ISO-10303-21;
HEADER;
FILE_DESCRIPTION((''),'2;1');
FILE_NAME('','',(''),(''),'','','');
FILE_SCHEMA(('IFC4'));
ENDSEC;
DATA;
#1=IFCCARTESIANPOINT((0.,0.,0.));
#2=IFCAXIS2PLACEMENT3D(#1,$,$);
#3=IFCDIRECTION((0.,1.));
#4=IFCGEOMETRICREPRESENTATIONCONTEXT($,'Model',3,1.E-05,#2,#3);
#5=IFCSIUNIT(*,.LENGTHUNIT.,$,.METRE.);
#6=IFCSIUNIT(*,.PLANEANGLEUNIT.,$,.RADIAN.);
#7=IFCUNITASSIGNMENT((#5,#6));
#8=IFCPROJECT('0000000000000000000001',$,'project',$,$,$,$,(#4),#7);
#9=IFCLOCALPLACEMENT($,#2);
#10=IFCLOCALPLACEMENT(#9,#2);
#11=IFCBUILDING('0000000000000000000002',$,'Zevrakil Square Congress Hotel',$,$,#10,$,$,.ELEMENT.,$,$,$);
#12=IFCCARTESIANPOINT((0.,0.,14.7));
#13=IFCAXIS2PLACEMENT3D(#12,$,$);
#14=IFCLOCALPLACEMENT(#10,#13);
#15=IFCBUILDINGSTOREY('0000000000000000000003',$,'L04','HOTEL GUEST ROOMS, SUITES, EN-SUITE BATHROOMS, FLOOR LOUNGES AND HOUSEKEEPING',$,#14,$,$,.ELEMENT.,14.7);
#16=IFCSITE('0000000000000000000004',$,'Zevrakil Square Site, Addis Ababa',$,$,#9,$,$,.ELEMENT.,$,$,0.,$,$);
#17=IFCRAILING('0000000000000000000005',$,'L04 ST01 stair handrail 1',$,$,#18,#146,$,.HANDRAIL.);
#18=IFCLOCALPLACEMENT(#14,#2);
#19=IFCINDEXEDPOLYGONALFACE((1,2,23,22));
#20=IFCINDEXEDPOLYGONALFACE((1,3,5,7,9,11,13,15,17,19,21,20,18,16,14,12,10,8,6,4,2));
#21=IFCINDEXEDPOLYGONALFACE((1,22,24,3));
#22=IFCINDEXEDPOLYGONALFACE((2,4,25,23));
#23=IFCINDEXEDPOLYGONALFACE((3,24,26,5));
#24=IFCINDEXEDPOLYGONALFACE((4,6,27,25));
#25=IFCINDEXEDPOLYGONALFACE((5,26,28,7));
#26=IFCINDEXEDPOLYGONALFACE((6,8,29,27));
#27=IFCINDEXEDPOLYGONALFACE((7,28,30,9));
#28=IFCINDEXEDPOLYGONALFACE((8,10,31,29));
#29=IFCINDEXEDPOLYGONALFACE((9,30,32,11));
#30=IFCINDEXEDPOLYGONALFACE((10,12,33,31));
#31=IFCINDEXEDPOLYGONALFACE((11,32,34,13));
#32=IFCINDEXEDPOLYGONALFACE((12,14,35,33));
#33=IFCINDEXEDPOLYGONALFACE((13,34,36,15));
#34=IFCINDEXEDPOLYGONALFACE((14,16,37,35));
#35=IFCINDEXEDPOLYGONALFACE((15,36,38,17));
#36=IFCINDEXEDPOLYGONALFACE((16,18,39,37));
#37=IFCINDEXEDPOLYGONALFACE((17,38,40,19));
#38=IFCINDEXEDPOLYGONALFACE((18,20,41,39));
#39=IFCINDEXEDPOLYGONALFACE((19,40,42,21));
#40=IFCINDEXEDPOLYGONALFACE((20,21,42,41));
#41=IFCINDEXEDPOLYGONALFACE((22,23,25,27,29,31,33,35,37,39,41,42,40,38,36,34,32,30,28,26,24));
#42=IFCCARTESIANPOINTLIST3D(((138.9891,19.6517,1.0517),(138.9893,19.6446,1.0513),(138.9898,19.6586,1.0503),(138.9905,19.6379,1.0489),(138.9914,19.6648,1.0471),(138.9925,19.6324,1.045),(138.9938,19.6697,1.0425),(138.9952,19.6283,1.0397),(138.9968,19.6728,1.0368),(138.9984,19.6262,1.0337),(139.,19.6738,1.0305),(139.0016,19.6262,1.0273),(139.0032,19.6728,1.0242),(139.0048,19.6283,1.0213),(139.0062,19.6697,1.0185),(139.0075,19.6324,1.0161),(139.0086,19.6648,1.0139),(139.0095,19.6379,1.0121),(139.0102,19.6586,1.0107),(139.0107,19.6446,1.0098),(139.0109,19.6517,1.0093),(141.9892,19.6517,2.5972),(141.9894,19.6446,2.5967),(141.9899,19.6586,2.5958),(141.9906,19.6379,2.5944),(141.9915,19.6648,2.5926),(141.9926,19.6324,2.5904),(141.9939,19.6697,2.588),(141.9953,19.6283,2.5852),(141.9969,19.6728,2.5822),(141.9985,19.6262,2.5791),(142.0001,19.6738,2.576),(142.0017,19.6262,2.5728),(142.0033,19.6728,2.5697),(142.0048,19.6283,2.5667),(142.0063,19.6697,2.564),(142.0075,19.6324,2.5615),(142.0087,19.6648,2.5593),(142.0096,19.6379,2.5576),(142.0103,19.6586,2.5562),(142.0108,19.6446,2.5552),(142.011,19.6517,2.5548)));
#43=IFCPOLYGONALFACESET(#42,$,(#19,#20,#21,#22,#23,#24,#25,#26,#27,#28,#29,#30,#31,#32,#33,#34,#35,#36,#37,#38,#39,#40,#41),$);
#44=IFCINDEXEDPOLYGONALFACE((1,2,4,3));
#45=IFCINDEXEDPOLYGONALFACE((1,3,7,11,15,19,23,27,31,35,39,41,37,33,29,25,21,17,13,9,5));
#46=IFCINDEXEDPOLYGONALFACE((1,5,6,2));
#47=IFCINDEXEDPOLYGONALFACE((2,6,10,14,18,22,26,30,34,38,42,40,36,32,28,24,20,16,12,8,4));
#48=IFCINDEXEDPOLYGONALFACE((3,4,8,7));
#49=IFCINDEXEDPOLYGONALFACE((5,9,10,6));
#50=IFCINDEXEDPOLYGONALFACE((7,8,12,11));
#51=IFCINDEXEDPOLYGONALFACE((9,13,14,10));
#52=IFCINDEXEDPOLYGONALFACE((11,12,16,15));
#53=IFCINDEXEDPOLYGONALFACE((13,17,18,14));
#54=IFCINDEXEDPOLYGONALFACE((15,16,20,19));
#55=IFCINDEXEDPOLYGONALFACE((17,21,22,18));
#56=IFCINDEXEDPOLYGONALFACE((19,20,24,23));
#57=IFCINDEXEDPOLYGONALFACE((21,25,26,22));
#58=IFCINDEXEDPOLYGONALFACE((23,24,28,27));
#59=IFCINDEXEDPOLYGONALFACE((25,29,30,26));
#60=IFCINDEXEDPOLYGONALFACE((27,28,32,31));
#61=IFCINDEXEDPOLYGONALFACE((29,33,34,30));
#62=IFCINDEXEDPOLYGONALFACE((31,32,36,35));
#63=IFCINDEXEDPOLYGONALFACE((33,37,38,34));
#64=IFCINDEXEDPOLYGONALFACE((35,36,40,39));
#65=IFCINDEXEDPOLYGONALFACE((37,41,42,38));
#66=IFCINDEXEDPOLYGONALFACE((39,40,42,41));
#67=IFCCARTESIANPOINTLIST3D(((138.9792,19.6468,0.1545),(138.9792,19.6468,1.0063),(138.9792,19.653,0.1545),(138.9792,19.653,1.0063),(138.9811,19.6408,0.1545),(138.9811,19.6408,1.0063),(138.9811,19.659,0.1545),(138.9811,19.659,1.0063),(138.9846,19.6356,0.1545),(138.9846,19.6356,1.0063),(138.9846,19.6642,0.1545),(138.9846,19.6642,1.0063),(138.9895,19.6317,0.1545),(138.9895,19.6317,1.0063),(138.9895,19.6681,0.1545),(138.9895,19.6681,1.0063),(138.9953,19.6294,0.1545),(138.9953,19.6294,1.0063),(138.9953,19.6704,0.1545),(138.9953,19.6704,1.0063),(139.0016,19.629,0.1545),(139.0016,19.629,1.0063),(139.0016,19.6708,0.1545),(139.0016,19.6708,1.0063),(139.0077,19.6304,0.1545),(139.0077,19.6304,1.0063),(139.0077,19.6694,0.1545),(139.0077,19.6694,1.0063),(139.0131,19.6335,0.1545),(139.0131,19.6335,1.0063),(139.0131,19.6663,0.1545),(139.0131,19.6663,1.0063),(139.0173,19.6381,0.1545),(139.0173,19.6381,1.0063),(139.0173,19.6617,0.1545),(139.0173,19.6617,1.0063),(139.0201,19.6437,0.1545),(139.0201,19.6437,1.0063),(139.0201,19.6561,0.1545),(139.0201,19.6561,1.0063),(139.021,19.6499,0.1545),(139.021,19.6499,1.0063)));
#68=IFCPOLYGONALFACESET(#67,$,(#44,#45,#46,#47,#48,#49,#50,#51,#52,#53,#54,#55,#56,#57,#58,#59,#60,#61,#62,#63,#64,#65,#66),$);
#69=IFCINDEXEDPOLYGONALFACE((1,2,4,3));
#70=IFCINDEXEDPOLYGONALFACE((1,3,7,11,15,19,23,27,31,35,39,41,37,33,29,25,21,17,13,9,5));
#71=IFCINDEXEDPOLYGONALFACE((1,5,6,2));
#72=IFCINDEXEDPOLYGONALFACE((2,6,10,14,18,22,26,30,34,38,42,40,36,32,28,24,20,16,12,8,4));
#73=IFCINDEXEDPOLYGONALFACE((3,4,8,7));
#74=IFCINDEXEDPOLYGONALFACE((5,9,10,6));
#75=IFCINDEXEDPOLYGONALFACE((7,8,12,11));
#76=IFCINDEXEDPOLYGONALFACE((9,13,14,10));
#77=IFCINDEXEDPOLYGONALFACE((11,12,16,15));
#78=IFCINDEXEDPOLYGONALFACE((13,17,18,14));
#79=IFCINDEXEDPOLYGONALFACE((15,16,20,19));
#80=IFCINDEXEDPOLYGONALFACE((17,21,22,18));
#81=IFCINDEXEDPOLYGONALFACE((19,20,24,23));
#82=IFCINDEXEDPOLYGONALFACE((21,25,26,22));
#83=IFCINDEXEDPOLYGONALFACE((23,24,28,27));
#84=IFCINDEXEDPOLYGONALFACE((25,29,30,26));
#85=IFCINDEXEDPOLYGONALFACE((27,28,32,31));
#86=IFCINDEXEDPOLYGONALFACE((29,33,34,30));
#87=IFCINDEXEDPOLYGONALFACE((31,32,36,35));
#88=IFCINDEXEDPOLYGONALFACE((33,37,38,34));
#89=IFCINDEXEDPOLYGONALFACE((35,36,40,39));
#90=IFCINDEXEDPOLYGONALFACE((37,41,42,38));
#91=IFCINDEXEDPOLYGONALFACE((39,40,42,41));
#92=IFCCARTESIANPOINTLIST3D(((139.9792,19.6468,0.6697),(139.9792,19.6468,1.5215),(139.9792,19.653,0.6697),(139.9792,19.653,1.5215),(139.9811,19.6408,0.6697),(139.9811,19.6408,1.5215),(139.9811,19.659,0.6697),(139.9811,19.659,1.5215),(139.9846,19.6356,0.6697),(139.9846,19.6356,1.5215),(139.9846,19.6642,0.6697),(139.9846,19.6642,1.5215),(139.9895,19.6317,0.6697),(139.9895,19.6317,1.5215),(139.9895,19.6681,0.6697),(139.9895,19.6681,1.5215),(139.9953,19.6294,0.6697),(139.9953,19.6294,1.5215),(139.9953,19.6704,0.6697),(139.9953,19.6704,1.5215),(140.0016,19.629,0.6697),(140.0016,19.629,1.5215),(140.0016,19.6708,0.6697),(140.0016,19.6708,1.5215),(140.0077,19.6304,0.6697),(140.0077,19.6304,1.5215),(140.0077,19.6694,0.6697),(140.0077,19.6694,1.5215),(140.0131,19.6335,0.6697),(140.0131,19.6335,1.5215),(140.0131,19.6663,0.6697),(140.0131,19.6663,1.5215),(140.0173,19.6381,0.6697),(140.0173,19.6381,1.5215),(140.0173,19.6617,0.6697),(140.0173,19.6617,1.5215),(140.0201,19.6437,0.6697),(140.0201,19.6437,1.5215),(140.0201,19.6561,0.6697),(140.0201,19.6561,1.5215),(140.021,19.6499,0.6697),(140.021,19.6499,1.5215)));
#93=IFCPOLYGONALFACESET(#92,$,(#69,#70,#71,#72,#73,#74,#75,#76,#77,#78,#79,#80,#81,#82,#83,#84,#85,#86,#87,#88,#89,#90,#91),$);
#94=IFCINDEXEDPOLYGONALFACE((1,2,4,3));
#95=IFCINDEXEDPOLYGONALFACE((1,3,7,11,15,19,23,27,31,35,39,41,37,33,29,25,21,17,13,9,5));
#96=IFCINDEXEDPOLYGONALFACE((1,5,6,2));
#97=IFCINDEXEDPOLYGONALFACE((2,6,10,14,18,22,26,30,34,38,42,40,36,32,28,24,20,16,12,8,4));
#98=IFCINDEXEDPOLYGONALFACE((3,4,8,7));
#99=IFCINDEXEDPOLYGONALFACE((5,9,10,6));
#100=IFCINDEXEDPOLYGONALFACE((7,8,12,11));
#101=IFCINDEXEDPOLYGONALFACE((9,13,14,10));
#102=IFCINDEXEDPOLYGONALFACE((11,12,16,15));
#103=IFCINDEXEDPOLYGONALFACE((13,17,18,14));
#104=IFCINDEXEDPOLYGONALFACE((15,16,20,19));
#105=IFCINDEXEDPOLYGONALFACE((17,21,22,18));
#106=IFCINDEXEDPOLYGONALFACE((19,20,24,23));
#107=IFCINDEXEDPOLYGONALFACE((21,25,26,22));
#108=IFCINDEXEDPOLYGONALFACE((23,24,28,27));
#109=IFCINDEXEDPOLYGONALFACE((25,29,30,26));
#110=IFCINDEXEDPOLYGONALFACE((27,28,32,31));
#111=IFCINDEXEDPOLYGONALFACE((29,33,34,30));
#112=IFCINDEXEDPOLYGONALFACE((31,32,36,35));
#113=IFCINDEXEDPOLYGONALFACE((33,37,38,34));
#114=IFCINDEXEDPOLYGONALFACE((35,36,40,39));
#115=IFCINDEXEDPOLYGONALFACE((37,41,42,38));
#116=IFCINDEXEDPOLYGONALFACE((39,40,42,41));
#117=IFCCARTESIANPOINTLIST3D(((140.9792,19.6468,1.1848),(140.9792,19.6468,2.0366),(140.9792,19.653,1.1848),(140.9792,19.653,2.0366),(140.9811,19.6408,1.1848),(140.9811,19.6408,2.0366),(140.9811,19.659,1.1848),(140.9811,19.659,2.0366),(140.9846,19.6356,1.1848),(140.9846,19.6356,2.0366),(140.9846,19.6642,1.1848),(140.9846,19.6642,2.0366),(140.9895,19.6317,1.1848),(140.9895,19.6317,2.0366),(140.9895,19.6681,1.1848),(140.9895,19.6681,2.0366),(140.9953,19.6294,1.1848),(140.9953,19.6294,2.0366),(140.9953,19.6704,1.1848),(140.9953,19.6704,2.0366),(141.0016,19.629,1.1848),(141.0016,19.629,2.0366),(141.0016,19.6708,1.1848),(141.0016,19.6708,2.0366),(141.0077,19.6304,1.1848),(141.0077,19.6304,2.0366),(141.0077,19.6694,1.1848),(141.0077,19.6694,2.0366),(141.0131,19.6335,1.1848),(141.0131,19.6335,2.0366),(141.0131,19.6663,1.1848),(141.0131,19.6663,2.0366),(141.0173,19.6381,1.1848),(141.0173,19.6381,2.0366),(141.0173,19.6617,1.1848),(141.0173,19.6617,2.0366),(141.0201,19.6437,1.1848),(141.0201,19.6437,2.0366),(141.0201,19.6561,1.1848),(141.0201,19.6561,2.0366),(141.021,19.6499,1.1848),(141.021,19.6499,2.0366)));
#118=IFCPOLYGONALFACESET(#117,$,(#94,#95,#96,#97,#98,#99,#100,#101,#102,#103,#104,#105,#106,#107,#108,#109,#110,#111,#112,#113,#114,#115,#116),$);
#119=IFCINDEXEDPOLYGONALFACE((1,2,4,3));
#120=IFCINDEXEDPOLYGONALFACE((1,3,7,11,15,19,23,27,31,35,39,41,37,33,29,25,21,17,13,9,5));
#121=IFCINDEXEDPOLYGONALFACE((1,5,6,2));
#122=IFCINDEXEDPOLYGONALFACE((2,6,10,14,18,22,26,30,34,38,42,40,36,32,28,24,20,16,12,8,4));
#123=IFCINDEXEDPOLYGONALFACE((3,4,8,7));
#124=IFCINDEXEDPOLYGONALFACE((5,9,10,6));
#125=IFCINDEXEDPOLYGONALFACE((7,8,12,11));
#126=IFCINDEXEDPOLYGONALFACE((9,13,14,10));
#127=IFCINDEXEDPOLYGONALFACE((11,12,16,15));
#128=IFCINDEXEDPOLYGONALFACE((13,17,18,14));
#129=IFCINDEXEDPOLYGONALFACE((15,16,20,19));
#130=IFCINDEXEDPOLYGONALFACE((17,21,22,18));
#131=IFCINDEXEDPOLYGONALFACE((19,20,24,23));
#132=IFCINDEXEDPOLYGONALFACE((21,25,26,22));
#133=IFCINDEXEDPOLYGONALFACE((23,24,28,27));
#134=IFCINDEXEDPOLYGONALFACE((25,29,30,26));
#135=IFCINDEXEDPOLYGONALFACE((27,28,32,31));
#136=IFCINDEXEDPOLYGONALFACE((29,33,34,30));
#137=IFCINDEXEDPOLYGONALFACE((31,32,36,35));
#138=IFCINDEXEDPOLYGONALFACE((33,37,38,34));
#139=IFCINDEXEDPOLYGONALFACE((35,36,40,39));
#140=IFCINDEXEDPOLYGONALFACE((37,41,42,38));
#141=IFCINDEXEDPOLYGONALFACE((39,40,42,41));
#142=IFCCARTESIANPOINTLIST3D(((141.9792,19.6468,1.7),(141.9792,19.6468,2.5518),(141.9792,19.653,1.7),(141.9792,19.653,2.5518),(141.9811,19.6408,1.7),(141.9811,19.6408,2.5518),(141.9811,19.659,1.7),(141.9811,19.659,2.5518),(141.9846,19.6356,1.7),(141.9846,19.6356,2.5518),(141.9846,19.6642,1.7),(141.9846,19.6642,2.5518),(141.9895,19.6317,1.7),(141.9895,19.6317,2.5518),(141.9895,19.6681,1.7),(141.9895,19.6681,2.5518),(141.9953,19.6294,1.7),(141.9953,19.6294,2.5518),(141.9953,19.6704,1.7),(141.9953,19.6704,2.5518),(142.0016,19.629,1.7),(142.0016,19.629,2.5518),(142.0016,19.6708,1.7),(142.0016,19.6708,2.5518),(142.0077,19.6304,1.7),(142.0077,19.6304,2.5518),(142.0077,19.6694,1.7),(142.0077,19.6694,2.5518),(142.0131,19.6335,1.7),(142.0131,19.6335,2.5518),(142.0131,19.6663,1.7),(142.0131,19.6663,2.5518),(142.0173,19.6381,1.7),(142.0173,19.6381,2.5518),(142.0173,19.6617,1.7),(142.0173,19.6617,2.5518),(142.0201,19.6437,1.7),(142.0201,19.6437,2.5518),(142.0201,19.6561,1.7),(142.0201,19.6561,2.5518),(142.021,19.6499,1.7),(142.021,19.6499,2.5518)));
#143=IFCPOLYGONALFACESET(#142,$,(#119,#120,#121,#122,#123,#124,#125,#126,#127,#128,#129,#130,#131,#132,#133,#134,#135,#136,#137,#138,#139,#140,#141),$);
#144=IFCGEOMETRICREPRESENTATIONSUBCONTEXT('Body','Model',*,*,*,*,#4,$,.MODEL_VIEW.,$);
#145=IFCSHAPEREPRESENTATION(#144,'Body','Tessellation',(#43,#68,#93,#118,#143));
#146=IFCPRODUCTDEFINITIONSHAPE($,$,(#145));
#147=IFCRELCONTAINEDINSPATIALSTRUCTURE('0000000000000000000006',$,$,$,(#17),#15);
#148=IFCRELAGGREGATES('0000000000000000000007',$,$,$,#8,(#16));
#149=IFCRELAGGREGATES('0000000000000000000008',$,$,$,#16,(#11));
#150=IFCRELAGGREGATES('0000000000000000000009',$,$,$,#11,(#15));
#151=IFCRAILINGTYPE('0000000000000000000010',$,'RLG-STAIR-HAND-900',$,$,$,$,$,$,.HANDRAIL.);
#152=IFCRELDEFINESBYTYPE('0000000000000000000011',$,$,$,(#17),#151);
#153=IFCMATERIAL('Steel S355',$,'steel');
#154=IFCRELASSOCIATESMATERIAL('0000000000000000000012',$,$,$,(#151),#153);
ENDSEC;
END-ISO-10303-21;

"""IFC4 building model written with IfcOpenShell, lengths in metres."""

from ifc_helpers import new_model, si_unit, direction, frame, origin, origin_2d, place, context, subcontext, project, spatial, circle, extrude, material, type_object, element, save


model = new_model("IFC4")

# Units and contexts
model_context = context("Model", 3, precision=1e-05, world=origin(), true_north=direction((0.0, 1.0)))
body_context = subcontext(model_context, "Body", "Model", "MODEL_VIEW")
ifc_project = project(units=[si_unit("LENGTHUNIT", "METRE"), si_unit("PLANEANGLEUNIT", "RADIAN")], contexts=[model_context])

# Site, building, storey
site_placement = place(None, origin())
site = spatial("IfcSite", under=ifc_project, at=site_placement, Name="Zevrakil Square Site, Addis Ababa", CompositionType="ELEMENT", RefElevation=0.0)
building_placement = place(site_placement, origin())
building = spatial("IfcBuilding", under=site, at=building_placement, Name="Zevrakil Square Congress Hotel", CompositionType="ELEMENT")
storey_placement = place(building_placement, frame((0.0, 0.0, 14.7)))
storey = spatial("IfcBuildingStorey", under=building, at=storey_placement, Name="L04", Description="HOTEL GUEST ROOMS, SUITES, EN-SUITE BATHROOMS, FLOOR LOUNGES AND HOUSEKEEPING", CompositionType="ELEMENT", Elevation=14.7)

# Railing
ifc_material_1 = material(Name="Steel S355", Category="steel")
railing_type_1 = type_object("IfcRailingType", Name="RLG-STAIR-HAND-900", PredefinedType="HANDRAIL", material=ifc_material_1)
railing_1_placement = place(storey_placement, frame((139.0, 19.6499, 0.1545)))
element("IfcRailing", 1, at=railing_1_placement, inside=storey, type_object=railing_type_1, Name="L04 ST01 stair handrail 1", PredefinedType="HANDRAIL", context=body_context, shape_type="SweptSolid", body=[
    extrude(circle(Radius=0.0239, at=origin_2d()), frame((0.0, 0.0, 0.876), z_axis=(0.88898, 0.0, 0.457946), x_axis=(0.0, 1.0, 0.0)), (0.0, 0.0, 1.0), 3.3748),
    extrude(circle(Radius=0.021, at=origin_2d()), origin(), (0.0, 0.0, 1.0), 0.8518),
    extrude(circle(Radius=0.021, at=origin_2d()), frame((1.0, 0.0, 0.5151)), (0.0, 0.0, 1.0), 0.8518),
    extrude(circle(Radius=0.021, at=origin_2d()), frame((2.0, 0.0, 1.0303)), (0.0, 0.0, 1.0), 0.8518),
    extrude(circle(Radius=0.021, at=origin_2d()), frame((3.0, 0.0, 1.5454)), (0.0, 0.0, 1.0), 0.8518),
])

save(model, "model.ifc")
